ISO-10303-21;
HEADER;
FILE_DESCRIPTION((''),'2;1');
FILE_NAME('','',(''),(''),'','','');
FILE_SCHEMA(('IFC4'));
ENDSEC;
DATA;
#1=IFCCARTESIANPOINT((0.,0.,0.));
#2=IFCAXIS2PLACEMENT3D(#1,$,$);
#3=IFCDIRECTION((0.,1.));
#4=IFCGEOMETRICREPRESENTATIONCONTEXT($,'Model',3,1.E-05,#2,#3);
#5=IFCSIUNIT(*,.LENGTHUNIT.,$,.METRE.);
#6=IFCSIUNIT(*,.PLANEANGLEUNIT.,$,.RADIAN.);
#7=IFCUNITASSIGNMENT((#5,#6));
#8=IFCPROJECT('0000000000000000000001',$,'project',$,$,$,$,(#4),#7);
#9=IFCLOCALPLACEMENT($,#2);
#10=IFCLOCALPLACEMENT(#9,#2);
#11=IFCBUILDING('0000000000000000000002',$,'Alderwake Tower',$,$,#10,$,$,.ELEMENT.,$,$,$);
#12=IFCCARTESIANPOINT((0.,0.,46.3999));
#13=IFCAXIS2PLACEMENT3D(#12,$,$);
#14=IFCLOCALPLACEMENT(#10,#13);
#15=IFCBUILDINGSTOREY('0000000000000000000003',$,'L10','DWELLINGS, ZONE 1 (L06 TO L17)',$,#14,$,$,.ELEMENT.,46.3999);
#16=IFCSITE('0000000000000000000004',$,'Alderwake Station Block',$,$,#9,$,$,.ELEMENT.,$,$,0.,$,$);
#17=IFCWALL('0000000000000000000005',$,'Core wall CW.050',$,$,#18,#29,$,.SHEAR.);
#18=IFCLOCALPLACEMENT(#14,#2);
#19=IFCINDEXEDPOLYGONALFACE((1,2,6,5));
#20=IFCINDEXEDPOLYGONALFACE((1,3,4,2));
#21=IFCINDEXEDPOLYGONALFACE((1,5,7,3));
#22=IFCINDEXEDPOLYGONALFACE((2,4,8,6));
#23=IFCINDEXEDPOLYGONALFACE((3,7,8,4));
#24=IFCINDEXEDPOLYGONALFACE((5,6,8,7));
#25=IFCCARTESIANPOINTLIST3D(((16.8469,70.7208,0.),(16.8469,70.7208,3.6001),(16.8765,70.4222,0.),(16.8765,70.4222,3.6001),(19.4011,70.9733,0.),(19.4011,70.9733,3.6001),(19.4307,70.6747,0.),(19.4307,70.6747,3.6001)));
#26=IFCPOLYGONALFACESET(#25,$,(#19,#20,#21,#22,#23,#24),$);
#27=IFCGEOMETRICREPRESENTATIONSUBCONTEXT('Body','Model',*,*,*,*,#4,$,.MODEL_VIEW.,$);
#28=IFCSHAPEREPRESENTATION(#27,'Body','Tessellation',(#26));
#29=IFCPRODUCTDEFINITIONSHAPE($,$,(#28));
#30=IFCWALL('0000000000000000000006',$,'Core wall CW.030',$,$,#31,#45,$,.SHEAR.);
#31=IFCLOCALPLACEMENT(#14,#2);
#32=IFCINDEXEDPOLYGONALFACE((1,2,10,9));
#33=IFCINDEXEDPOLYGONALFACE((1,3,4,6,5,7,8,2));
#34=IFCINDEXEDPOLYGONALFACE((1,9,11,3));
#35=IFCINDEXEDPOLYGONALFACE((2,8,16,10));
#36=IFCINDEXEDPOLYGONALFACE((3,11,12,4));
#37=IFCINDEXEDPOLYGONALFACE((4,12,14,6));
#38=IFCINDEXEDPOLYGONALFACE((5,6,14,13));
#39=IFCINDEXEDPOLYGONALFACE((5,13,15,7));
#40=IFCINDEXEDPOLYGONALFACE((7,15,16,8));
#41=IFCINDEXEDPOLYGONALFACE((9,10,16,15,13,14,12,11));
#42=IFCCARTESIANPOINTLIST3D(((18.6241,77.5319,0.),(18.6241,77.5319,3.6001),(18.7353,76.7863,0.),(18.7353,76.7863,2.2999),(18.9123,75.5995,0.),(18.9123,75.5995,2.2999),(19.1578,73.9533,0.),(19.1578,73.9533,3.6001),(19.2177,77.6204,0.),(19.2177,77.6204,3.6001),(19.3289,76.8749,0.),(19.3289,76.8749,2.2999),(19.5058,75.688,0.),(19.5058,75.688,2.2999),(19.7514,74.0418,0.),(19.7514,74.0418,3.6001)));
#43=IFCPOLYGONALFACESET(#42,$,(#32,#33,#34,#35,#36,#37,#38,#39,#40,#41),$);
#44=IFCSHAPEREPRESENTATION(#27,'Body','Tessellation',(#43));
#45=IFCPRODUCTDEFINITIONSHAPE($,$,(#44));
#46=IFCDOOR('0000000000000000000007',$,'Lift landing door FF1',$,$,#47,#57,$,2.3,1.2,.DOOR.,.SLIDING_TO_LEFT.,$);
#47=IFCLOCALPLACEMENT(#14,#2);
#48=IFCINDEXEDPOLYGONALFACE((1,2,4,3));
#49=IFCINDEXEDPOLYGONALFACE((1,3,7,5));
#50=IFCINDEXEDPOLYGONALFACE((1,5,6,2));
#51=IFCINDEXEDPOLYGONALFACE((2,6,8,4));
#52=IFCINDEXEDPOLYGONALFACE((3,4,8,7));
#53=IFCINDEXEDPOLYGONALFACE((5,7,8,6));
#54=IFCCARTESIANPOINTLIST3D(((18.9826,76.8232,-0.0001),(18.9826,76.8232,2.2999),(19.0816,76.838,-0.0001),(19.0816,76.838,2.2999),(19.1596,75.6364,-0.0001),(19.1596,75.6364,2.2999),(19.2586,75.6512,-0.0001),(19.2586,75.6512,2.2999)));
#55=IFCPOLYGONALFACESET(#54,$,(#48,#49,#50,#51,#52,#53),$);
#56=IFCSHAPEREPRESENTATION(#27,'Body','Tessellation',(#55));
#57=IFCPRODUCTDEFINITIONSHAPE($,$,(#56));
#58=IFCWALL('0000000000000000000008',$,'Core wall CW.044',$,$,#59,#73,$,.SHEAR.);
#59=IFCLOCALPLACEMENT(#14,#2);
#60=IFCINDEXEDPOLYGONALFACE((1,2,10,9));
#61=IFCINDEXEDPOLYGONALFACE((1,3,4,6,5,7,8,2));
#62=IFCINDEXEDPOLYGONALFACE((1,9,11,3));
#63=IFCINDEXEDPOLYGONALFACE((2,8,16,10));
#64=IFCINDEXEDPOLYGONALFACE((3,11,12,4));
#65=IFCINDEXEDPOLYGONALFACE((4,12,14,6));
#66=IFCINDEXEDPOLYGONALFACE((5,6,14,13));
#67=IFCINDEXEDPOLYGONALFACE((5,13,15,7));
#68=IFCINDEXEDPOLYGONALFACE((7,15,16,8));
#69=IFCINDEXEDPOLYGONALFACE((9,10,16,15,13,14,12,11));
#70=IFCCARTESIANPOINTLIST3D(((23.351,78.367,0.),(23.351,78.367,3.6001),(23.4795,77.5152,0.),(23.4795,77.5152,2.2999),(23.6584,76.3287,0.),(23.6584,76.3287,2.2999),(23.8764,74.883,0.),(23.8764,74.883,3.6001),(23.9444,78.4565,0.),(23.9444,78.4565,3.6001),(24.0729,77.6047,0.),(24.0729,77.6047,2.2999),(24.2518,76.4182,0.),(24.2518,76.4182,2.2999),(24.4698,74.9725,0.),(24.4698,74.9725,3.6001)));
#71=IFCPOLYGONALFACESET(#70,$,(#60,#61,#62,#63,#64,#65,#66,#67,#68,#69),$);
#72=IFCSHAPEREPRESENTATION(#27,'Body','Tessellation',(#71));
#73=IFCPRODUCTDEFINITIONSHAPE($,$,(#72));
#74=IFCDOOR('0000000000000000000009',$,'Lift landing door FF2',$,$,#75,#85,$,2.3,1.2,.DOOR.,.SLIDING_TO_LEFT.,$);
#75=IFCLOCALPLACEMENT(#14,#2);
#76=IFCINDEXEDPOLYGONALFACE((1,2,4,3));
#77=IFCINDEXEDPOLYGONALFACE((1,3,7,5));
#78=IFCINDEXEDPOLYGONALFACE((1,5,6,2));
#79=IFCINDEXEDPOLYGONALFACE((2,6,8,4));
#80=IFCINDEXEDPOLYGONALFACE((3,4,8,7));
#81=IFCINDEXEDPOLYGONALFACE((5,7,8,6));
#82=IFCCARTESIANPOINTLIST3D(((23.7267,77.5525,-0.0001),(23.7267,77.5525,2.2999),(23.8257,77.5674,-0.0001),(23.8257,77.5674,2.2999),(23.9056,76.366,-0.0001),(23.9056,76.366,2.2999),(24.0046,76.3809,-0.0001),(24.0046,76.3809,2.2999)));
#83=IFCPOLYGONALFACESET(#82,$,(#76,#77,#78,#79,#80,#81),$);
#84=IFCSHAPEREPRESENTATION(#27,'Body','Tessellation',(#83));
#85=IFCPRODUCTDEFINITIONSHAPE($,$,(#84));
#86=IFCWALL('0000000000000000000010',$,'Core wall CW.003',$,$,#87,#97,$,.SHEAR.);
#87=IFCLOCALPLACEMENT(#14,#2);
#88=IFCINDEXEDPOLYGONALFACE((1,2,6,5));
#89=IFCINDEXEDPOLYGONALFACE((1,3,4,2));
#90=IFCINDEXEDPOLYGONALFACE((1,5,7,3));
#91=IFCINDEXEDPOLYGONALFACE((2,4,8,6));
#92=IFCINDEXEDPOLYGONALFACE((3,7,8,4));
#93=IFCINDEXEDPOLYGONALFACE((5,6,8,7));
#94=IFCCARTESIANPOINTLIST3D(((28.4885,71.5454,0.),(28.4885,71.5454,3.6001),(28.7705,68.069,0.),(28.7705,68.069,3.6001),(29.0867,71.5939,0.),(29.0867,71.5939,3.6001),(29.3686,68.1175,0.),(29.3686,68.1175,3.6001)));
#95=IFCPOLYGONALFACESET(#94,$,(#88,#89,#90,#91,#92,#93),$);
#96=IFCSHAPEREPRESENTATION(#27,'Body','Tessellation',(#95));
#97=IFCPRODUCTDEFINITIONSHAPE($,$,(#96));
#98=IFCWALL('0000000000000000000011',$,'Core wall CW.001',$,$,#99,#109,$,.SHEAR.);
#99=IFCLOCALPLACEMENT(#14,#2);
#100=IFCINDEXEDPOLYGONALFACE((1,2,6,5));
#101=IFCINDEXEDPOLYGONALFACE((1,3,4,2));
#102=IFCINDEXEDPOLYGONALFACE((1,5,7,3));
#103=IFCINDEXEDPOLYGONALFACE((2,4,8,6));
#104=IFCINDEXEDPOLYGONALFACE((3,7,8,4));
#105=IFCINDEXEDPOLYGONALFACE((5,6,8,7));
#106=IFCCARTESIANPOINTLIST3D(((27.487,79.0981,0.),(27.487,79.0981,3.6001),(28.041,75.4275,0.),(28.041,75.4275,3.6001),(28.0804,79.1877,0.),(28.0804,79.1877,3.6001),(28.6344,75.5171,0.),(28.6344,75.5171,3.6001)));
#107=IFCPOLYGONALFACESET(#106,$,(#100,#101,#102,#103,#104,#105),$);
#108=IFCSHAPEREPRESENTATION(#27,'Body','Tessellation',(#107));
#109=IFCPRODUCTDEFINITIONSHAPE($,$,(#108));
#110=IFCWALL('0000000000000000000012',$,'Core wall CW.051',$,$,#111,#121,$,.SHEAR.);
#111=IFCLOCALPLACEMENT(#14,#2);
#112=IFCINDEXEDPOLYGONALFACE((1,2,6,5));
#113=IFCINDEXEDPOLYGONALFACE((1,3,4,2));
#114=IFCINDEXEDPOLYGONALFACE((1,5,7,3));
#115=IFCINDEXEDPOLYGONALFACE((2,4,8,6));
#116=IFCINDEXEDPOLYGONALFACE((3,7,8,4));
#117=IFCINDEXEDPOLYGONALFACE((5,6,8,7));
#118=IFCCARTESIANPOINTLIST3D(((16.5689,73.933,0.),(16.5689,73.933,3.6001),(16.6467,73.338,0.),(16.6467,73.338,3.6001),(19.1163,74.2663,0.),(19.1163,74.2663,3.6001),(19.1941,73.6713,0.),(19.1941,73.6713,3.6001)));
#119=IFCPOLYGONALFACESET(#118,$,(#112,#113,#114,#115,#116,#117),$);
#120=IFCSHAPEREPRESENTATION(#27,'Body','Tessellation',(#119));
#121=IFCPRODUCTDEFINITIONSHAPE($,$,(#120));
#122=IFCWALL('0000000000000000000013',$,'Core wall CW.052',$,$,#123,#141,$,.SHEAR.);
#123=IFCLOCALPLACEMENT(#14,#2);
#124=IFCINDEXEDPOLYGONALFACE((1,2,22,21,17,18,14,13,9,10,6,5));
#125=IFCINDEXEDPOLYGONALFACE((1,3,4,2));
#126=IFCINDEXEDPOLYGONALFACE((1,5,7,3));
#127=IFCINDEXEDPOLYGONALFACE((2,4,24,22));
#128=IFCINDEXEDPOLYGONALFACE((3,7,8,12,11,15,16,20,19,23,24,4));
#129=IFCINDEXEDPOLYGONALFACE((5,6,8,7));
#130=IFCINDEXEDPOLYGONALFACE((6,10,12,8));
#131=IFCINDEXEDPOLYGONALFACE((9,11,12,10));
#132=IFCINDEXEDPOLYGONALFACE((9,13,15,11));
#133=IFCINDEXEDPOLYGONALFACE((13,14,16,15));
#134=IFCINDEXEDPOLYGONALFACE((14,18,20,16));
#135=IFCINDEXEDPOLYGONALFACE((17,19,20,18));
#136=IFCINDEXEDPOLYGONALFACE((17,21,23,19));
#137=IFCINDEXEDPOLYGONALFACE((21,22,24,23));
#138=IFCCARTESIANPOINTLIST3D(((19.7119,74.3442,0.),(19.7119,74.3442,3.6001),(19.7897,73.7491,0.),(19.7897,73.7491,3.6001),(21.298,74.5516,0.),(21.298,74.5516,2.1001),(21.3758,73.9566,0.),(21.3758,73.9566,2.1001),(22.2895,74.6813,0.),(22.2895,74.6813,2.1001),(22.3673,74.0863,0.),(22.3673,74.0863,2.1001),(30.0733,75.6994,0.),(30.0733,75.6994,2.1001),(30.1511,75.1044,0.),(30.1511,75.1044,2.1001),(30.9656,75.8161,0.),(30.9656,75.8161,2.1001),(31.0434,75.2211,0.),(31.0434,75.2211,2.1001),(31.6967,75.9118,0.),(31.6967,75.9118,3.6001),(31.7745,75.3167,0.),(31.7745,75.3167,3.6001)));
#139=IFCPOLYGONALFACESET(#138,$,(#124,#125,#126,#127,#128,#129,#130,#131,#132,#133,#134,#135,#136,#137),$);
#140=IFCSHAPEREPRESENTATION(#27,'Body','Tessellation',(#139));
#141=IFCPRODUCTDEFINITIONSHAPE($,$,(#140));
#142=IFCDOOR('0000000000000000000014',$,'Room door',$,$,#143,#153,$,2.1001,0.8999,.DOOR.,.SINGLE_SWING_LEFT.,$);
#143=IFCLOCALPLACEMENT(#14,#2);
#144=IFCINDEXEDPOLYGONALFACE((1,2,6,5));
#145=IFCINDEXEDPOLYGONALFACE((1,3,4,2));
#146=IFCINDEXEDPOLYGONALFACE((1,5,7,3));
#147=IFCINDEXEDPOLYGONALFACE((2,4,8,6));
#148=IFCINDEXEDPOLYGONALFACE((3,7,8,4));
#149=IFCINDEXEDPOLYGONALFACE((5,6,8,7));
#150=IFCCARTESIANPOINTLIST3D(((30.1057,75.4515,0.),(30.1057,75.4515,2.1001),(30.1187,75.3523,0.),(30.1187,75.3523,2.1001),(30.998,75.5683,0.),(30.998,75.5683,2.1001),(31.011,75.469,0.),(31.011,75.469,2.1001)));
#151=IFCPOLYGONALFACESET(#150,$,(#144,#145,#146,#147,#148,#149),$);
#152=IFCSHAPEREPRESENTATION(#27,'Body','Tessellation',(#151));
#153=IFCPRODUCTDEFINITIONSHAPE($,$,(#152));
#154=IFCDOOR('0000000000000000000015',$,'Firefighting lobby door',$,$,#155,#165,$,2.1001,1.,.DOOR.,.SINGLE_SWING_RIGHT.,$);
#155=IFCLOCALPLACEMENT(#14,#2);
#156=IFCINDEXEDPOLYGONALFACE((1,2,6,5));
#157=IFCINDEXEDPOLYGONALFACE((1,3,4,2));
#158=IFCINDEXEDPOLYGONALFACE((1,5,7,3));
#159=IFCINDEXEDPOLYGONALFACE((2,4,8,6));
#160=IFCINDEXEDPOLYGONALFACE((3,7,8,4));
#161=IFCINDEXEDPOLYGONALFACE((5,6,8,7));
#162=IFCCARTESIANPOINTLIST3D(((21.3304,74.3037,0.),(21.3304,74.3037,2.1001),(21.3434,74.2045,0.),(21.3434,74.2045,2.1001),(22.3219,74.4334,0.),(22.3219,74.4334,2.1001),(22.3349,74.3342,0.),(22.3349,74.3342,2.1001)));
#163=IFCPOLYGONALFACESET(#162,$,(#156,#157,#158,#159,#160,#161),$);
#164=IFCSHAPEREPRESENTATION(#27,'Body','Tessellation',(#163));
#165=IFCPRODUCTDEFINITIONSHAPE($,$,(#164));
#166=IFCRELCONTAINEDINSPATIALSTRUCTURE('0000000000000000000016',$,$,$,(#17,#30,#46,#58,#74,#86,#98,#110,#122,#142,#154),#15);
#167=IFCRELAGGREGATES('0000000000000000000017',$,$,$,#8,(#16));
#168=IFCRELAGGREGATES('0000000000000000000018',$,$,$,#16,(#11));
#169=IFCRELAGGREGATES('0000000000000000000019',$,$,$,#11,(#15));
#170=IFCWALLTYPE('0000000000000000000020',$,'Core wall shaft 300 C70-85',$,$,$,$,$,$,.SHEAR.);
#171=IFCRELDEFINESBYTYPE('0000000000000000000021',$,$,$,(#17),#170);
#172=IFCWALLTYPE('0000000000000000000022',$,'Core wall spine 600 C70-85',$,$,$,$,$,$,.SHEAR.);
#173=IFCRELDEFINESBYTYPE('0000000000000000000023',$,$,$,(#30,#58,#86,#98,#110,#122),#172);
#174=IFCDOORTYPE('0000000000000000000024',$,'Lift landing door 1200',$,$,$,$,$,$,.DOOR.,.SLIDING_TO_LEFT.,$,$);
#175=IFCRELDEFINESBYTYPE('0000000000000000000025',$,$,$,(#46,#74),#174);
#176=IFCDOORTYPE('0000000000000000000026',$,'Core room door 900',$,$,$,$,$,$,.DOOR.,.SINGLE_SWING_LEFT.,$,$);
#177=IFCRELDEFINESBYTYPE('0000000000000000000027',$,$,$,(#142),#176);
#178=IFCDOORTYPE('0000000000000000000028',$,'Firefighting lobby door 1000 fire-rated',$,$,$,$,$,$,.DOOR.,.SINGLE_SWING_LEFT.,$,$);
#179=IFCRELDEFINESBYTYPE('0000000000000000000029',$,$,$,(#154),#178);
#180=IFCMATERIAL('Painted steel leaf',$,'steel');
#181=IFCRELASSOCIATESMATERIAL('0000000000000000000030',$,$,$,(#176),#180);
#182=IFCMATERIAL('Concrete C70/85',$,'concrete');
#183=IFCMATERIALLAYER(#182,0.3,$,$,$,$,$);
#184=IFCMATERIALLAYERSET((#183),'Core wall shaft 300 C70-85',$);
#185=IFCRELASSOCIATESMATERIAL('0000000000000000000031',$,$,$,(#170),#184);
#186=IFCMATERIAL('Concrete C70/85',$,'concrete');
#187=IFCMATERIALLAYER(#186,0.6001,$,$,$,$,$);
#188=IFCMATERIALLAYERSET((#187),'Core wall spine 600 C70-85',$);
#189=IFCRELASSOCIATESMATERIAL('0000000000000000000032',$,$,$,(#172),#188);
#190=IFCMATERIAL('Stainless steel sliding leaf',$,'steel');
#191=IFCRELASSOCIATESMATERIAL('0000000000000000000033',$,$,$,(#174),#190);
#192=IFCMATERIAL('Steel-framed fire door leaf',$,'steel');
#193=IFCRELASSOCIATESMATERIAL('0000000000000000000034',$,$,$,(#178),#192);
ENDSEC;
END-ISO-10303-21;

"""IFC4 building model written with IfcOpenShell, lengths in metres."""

from ifc_helpers import new_model, si_unit, direction, frame, frame_2d, origin, place, context, subcontext, project, spatial, rectangle, extrude, material, layer, layer_set, type_object, element, fill, save


model = new_model("IFC4")

# Units and contexts
model_context = context("Model", 3, precision=1e-05, world=origin(), true_north=direction((0.0, 1.0)))
body_context = subcontext(model_context, "Body", "Model", "MODEL_VIEW")
ifc_project = project(units=[si_unit("LENGTHUNIT", "METRE"), si_unit("PLANEANGLEUNIT", "RADIAN")], contexts=[model_context])

# Site, building, storey
site_placement = place(None, origin())
site = spatial("IfcSite", under=ifc_project, at=site_placement, Name="Alderwake Station Block", CompositionType="ELEMENT", RefElevation=0.0)
building_placement = place(site_placement, origin())
building = spatial("IfcBuilding", under=site, at=building_placement, Name="Alderwake Tower", CompositionType="ELEMENT")
storey_placement = place(building_placement, frame((0.0, 0.0, 46.3999)))
storey = spatial("IfcBuildingStorey", under=building, at=storey_placement, Name="L10", Description="DWELLINGS, ZONE 1 (L06 TO L17)", CompositionType="ELEMENT", Elevation=46.3999)

# Shared definitions
ifc_material_1 = material(Name="Painted steel leaf", Category="steel")
door_type_1 = type_object("IfcDoorType", Name="Core room door 900", OperationType="SINGLE_SWING_LEFT", PredefinedType="DOOR", material=ifc_material_1)

# Wall
ifc_material_2 = material(Name="Concrete C70/85", Category="concrete")
ifc_layer_1 = layer(ifc_material_2, 0.3)
ifc_layer_set_1 = layer_set([ifc_layer_1], Name="Core wall shaft 300 C70-85")
wall_type_1 = type_object("IfcWallType", Name="Core wall shaft 300 C70-85", PredefinedType="SHEAR", material=ifc_layer_set_1)
wall_1_placement = place(storey_placement, frame((16.8618, 70.5715, 0.0), z_axis=(0.0, 0.0, 1.0), x_axis=(0.995151, 0.098355, 0.0)))
element("IfcWall", 1, at=wall_1_placement, inside=storey, type_object=wall_type_1, Name="Core wall CW.050", PredefinedType="SHEAR", context=body_context, shape_type="SweptSolid", body=[
    extrude(rectangle(XDim=2.5667, YDim=0.3, at=frame_2d((1.2832, 0.0))), origin(), (0.0, 0.0, 1.0), 3.6001),
])

# Walls, openings, doors
ifc_material_3 = material(Name="Concrete C70/85", Category="concrete")
ifc_layer_2 = layer(ifc_material_3, 0.6001)
ifc_layer_set_2 = layer_set([ifc_layer_2], Name="Core wall spine 600 C70-85")
wall_type_2 = type_object("IfcWallType", Name="Core wall spine 600 C70-85", PredefinedType="SHEAR", material=ifc_layer_set_2)
wall_2_placement = place(storey_placement, frame((19.4546, 73.9976, 0.0), z_axis=(0.0, 0.0, 1.0), x_axis=(-0.147502, 0.989062, 0.0)))
wall_2 = element("IfcWall", 2, at=wall_2_placement, inside=storey, type_object=wall_type_2, Name="Core wall CW.030", PredefinedType="SHEAR", context=body_context, shape_type="SweptSolid", body=[
    extrude(rectangle(XDim=3.6182, YDim=0.6001, at=frame_2d((1.8091, 0.0))), origin(), (0.0, 0.0, 1.0), 3.6001),
])
opening_1_placement = place(wall_2_placement, frame((1.6643, 0.0, 0.0)))
opening_1 = element("IfcOpeningElement", 3, at=opening_1_placement, cuts=wall_2, PredefinedType="OPENING", context=body_context, shape_type="SweptSolid", body=[
    extrude(rectangle(XDim=1.2, YDim=2.3, at=frame_2d((0.6001, 1.1499))), frame((0.0, 0.3101, 0.0), z_axis=(0.0, -1.0, 0.0), x_axis=(1.0, 0.0, 0.0)), (0.0, 0.0, 1.0), 0.6201),
])
ifc_material_4 = material(Name="Stainless steel sliding leaf", Category="steel")
door_type_2 = type_object("IfcDoorType", Name="Lift landing door 1200", OperationType="SLIDING_TO_LEFT", PredefinedType="DOOR", material=ifc_material_4)
door_1_placement = place(opening_1_placement, origin())
door_1 = element("IfcDoor", 4, at=door_1_placement, inside=storey, type_object=door_type_2, Name="Lift landing door FF1", OperationType="SLIDING_TO_LEFT", OverallHeight=2.3, OverallWidth=1.2, PredefinedType="DOOR", context=body_context, shape_type="SweptSolid", body=[
    extrude(rectangle(XDim=1.2, YDim=2.3, at=frame_2d((0.6001, 1.1499))), frame((0.0, 0.05, 0.0), z_axis=(0.0, -1.0, 0.0), x_axis=(1.0, 0.0, 0.0)), (0.0, 0.0, 1.0), 0.1001),
])
fill(opening_1, door_1)
wall_3_placement = place(storey_placement, frame((24.1731, 74.9277, 0.0), z_axis=(0.0, 0.0, 1.0), x_axis=(-0.14911, 0.988821, 0.0)))
wall_3 = element("IfcWall", 5, at=wall_3_placement, inside=storey, type_object=wall_type_2, Name="Core wall CW.044", PredefinedType="SHEAR", context=body_context, shape_type="SweptSolid", body=[
    extrude(rectangle(XDim=3.5234, YDim=0.6001, at=frame_2d((1.7617, 0.0))), origin(), (0.0, 0.0, 1.0), 3.6001),
])
opening_2_placement = place(wall_3_placement, frame((1.4619, 0.0, 0.0)))
opening_2 = element("IfcOpeningElement", 6, at=opening_2_placement, cuts=wall_3, PredefinedType="OPENING", context=body_context, shape_type="SweptSolid", body=[
    extrude(rectangle(XDim=1.2, YDim=2.3, at=frame_2d((0.6001, 1.1499))), frame((0.0, 0.3101, 0.0), z_axis=(0.0, -1.0, 0.0), x_axis=(1.0, 0.0, 0.0)), (0.0, 0.0, 1.0), 0.6201),
])
door_2_placement = place(opening_2_placement, origin())
door_2 = element("IfcDoor", 7, at=door_2_placement, inside=storey, type_object=door_type_2, Name="Lift landing door FF2", OperationType="SLIDING_TO_LEFT", OverallHeight=2.3, OverallWidth=1.2, PredefinedType="DOOR", context=body_context, shape_type="SweptSolid", body=[
    extrude(rectangle(XDim=1.2, YDim=2.3, at=frame_2d((0.6001, 1.1499))), frame((0.0, 0.05, 0.0), z_axis=(0.0, -1.0, 0.0), x_axis=(1.0, 0.0, 0.0)), (0.0, 0.0, 1.0), 0.1001),
])
fill(opening_2, door_2)

# Walls
wall_4_placement = place(storey_placement, frame((29.0696, 68.0933, 0.0), z_axis=(0.0, 0.0, 1.0), x_axis=(-0.08085, 0.996726, 0.0)))
element("IfcWall", 8, at=wall_4_placement, inside=storey, type_object=wall_type_2, Name="Core wall CW.003", PredefinedType="SHEAR", context=body_context, shape_type="SweptSolid", body=[
    extrude(rectangle(XDim=3.4878, YDim=0.6001, at=frame_2d((1.7439, 0.0))), origin(), (0.0, 0.0, 1.0), 3.6001),
])
wall_5_placement = place(storey_placement, frame((28.3376, 75.4724, 0.0), z_axis=(0.0, 0.0, 1.0), x_axis=(-0.149225, 0.988803, 0.0)))
element("IfcWall", 9, at=wall_5_placement, inside=storey, type_object=wall_type_2, Name="Core wall CW.001", PredefinedType="SHEAR", context=body_context, shape_type="SweptSolid", body=[
    extrude(rectangle(XDim=3.7122, YDim=0.6001, at=frame_2d((1.856, 0.0))), origin(), (0.0, 0.0, 1.0), 3.6001),
])
wall_6_placement = place(storey_placement, frame((16.6077, 73.6355, 0.0), z_axis=(0.0, 0.0, 1.0), x_axis=(0.991551, 0.129717, 0.0)))
element("IfcWall", 10, at=wall_6_placement, inside=storey, type_object=wall_type_2, Name="Core wall CW.051", PredefinedType="SHEAR", context=body_context, shape_type="SweptSolid", body=[
    extrude(rectangle(XDim=2.5691, YDim=0.6001, at=frame_2d((1.2847, 0.0))), origin(), (0.0, 0.0, 1.0), 3.6001),
])

# Wall, openings, doors
wall_7_placement = place(storey_placement, frame((31.7356, 75.6143, 0.0), z_axis=(0.0, 0.0, 1.0), x_axis=(-0.991554, -0.129696, 0.0)))
wall_7 = element("IfcWall", 11, at=wall_7_placement, inside=storey, type_object=wall_type_2, Name="Core wall CW.052", PredefinedType="SHEAR", context=body_context, shape_type="SweptSolid", body=[
    extrude(rectangle(XDim=12.0869, YDim=0.6001, at=frame_2d((6.0435, 0.0))), origin(), (0.0, 0.0, 1.0), 3.6001),
])
opening_3_placement = place(wall_7_placement, frame((9.4873, 0.0, 0.0)))
opening_3 = element("IfcOpeningElement", 12, at=opening_3_placement, cuts=wall_7, PredefinedType="OPENING", context=body_context, shape_type="SweptSolid", body=[
    extrude(rectangle(XDim=1.0, YDim=2.1001, at=frame_2d((0.5, 1.05))), frame((0.0, 0.3101, 0.0), z_axis=(0.0, -1.0, 0.0), x_axis=(1.0, 0.0, 0.0)), (0.0, 0.0, 1.0), 0.6201),
])
opening_4_placement = place(wall_7_placement, frame((0.7373, 0.0, 0.0)))
opening_4 = element("IfcOpeningElement", 13, at=opening_4_placement, cuts=wall_7, PredefinedType="OPENING", context=body_context, shape_type="SweptSolid", body=[
    extrude(rectangle(XDim=0.8999, YDim=2.1001, at=frame_2d((0.45, 1.05))), frame((0.0, 0.3101, 0.0), z_axis=(0.0, -1.0, 0.0), x_axis=(1.0, 0.0, 0.0)), (0.0, 0.0, 1.0), 0.6201),
])
door_3_placement = place(opening_4_placement, origin())
door_3 = element("IfcDoor", 14, at=door_3_placement, inside=storey, type_object=door_type_1, Name="Room door", OperationType="SINGLE_SWING_LEFT", OverallHeight=2.1001, OverallWidth=0.8999, PredefinedType="DOOR", context=body_context, shape_type="SweptSolid", body=[
    extrude(rectangle(XDim=0.8999, YDim=2.1001, at=frame_2d((0.45, 1.05))), frame((0.0, 0.05, 0.0), z_axis=(0.0, -1.0, 0.0), x_axis=(1.0, 0.0, 0.0)), (0.0, 0.0, 1.0), 0.1001),
])
fill(opening_4, door_3)
ifc_material_5 = material(Name="Steel-framed fire door leaf", Category="steel")
door_type_3 = type_object("IfcDoorType", Name="Firefighting lobby door 1000 fire-rated", OperationType="SINGLE_SWING_LEFT", PredefinedType="DOOR", material=ifc_material_5)
door_4_placement = place(opening_3_placement, origin())
door_4 = element("IfcDoor", 15, at=door_4_placement, inside=storey, type_object=door_type_3, Name="Firefighting lobby door", OperationType="SINGLE_SWING_RIGHT", OverallHeight=2.1001, OverallWidth=1.0, PredefinedType="DOOR", context=body_context, shape_type="SweptSolid", body=[
    extrude(rectangle(XDim=1.0, YDim=2.1001, at=frame_2d((0.5, 1.05))), frame((0.0, 0.05, 0.0), z_axis=(0.0, -1.0, 0.0), x_axis=(1.0, 0.0, 0.0)), (0.0, 0.0, 1.0), 0.1001),
])
fill(opening_3, door_4)

save(model, "model.ifc")
